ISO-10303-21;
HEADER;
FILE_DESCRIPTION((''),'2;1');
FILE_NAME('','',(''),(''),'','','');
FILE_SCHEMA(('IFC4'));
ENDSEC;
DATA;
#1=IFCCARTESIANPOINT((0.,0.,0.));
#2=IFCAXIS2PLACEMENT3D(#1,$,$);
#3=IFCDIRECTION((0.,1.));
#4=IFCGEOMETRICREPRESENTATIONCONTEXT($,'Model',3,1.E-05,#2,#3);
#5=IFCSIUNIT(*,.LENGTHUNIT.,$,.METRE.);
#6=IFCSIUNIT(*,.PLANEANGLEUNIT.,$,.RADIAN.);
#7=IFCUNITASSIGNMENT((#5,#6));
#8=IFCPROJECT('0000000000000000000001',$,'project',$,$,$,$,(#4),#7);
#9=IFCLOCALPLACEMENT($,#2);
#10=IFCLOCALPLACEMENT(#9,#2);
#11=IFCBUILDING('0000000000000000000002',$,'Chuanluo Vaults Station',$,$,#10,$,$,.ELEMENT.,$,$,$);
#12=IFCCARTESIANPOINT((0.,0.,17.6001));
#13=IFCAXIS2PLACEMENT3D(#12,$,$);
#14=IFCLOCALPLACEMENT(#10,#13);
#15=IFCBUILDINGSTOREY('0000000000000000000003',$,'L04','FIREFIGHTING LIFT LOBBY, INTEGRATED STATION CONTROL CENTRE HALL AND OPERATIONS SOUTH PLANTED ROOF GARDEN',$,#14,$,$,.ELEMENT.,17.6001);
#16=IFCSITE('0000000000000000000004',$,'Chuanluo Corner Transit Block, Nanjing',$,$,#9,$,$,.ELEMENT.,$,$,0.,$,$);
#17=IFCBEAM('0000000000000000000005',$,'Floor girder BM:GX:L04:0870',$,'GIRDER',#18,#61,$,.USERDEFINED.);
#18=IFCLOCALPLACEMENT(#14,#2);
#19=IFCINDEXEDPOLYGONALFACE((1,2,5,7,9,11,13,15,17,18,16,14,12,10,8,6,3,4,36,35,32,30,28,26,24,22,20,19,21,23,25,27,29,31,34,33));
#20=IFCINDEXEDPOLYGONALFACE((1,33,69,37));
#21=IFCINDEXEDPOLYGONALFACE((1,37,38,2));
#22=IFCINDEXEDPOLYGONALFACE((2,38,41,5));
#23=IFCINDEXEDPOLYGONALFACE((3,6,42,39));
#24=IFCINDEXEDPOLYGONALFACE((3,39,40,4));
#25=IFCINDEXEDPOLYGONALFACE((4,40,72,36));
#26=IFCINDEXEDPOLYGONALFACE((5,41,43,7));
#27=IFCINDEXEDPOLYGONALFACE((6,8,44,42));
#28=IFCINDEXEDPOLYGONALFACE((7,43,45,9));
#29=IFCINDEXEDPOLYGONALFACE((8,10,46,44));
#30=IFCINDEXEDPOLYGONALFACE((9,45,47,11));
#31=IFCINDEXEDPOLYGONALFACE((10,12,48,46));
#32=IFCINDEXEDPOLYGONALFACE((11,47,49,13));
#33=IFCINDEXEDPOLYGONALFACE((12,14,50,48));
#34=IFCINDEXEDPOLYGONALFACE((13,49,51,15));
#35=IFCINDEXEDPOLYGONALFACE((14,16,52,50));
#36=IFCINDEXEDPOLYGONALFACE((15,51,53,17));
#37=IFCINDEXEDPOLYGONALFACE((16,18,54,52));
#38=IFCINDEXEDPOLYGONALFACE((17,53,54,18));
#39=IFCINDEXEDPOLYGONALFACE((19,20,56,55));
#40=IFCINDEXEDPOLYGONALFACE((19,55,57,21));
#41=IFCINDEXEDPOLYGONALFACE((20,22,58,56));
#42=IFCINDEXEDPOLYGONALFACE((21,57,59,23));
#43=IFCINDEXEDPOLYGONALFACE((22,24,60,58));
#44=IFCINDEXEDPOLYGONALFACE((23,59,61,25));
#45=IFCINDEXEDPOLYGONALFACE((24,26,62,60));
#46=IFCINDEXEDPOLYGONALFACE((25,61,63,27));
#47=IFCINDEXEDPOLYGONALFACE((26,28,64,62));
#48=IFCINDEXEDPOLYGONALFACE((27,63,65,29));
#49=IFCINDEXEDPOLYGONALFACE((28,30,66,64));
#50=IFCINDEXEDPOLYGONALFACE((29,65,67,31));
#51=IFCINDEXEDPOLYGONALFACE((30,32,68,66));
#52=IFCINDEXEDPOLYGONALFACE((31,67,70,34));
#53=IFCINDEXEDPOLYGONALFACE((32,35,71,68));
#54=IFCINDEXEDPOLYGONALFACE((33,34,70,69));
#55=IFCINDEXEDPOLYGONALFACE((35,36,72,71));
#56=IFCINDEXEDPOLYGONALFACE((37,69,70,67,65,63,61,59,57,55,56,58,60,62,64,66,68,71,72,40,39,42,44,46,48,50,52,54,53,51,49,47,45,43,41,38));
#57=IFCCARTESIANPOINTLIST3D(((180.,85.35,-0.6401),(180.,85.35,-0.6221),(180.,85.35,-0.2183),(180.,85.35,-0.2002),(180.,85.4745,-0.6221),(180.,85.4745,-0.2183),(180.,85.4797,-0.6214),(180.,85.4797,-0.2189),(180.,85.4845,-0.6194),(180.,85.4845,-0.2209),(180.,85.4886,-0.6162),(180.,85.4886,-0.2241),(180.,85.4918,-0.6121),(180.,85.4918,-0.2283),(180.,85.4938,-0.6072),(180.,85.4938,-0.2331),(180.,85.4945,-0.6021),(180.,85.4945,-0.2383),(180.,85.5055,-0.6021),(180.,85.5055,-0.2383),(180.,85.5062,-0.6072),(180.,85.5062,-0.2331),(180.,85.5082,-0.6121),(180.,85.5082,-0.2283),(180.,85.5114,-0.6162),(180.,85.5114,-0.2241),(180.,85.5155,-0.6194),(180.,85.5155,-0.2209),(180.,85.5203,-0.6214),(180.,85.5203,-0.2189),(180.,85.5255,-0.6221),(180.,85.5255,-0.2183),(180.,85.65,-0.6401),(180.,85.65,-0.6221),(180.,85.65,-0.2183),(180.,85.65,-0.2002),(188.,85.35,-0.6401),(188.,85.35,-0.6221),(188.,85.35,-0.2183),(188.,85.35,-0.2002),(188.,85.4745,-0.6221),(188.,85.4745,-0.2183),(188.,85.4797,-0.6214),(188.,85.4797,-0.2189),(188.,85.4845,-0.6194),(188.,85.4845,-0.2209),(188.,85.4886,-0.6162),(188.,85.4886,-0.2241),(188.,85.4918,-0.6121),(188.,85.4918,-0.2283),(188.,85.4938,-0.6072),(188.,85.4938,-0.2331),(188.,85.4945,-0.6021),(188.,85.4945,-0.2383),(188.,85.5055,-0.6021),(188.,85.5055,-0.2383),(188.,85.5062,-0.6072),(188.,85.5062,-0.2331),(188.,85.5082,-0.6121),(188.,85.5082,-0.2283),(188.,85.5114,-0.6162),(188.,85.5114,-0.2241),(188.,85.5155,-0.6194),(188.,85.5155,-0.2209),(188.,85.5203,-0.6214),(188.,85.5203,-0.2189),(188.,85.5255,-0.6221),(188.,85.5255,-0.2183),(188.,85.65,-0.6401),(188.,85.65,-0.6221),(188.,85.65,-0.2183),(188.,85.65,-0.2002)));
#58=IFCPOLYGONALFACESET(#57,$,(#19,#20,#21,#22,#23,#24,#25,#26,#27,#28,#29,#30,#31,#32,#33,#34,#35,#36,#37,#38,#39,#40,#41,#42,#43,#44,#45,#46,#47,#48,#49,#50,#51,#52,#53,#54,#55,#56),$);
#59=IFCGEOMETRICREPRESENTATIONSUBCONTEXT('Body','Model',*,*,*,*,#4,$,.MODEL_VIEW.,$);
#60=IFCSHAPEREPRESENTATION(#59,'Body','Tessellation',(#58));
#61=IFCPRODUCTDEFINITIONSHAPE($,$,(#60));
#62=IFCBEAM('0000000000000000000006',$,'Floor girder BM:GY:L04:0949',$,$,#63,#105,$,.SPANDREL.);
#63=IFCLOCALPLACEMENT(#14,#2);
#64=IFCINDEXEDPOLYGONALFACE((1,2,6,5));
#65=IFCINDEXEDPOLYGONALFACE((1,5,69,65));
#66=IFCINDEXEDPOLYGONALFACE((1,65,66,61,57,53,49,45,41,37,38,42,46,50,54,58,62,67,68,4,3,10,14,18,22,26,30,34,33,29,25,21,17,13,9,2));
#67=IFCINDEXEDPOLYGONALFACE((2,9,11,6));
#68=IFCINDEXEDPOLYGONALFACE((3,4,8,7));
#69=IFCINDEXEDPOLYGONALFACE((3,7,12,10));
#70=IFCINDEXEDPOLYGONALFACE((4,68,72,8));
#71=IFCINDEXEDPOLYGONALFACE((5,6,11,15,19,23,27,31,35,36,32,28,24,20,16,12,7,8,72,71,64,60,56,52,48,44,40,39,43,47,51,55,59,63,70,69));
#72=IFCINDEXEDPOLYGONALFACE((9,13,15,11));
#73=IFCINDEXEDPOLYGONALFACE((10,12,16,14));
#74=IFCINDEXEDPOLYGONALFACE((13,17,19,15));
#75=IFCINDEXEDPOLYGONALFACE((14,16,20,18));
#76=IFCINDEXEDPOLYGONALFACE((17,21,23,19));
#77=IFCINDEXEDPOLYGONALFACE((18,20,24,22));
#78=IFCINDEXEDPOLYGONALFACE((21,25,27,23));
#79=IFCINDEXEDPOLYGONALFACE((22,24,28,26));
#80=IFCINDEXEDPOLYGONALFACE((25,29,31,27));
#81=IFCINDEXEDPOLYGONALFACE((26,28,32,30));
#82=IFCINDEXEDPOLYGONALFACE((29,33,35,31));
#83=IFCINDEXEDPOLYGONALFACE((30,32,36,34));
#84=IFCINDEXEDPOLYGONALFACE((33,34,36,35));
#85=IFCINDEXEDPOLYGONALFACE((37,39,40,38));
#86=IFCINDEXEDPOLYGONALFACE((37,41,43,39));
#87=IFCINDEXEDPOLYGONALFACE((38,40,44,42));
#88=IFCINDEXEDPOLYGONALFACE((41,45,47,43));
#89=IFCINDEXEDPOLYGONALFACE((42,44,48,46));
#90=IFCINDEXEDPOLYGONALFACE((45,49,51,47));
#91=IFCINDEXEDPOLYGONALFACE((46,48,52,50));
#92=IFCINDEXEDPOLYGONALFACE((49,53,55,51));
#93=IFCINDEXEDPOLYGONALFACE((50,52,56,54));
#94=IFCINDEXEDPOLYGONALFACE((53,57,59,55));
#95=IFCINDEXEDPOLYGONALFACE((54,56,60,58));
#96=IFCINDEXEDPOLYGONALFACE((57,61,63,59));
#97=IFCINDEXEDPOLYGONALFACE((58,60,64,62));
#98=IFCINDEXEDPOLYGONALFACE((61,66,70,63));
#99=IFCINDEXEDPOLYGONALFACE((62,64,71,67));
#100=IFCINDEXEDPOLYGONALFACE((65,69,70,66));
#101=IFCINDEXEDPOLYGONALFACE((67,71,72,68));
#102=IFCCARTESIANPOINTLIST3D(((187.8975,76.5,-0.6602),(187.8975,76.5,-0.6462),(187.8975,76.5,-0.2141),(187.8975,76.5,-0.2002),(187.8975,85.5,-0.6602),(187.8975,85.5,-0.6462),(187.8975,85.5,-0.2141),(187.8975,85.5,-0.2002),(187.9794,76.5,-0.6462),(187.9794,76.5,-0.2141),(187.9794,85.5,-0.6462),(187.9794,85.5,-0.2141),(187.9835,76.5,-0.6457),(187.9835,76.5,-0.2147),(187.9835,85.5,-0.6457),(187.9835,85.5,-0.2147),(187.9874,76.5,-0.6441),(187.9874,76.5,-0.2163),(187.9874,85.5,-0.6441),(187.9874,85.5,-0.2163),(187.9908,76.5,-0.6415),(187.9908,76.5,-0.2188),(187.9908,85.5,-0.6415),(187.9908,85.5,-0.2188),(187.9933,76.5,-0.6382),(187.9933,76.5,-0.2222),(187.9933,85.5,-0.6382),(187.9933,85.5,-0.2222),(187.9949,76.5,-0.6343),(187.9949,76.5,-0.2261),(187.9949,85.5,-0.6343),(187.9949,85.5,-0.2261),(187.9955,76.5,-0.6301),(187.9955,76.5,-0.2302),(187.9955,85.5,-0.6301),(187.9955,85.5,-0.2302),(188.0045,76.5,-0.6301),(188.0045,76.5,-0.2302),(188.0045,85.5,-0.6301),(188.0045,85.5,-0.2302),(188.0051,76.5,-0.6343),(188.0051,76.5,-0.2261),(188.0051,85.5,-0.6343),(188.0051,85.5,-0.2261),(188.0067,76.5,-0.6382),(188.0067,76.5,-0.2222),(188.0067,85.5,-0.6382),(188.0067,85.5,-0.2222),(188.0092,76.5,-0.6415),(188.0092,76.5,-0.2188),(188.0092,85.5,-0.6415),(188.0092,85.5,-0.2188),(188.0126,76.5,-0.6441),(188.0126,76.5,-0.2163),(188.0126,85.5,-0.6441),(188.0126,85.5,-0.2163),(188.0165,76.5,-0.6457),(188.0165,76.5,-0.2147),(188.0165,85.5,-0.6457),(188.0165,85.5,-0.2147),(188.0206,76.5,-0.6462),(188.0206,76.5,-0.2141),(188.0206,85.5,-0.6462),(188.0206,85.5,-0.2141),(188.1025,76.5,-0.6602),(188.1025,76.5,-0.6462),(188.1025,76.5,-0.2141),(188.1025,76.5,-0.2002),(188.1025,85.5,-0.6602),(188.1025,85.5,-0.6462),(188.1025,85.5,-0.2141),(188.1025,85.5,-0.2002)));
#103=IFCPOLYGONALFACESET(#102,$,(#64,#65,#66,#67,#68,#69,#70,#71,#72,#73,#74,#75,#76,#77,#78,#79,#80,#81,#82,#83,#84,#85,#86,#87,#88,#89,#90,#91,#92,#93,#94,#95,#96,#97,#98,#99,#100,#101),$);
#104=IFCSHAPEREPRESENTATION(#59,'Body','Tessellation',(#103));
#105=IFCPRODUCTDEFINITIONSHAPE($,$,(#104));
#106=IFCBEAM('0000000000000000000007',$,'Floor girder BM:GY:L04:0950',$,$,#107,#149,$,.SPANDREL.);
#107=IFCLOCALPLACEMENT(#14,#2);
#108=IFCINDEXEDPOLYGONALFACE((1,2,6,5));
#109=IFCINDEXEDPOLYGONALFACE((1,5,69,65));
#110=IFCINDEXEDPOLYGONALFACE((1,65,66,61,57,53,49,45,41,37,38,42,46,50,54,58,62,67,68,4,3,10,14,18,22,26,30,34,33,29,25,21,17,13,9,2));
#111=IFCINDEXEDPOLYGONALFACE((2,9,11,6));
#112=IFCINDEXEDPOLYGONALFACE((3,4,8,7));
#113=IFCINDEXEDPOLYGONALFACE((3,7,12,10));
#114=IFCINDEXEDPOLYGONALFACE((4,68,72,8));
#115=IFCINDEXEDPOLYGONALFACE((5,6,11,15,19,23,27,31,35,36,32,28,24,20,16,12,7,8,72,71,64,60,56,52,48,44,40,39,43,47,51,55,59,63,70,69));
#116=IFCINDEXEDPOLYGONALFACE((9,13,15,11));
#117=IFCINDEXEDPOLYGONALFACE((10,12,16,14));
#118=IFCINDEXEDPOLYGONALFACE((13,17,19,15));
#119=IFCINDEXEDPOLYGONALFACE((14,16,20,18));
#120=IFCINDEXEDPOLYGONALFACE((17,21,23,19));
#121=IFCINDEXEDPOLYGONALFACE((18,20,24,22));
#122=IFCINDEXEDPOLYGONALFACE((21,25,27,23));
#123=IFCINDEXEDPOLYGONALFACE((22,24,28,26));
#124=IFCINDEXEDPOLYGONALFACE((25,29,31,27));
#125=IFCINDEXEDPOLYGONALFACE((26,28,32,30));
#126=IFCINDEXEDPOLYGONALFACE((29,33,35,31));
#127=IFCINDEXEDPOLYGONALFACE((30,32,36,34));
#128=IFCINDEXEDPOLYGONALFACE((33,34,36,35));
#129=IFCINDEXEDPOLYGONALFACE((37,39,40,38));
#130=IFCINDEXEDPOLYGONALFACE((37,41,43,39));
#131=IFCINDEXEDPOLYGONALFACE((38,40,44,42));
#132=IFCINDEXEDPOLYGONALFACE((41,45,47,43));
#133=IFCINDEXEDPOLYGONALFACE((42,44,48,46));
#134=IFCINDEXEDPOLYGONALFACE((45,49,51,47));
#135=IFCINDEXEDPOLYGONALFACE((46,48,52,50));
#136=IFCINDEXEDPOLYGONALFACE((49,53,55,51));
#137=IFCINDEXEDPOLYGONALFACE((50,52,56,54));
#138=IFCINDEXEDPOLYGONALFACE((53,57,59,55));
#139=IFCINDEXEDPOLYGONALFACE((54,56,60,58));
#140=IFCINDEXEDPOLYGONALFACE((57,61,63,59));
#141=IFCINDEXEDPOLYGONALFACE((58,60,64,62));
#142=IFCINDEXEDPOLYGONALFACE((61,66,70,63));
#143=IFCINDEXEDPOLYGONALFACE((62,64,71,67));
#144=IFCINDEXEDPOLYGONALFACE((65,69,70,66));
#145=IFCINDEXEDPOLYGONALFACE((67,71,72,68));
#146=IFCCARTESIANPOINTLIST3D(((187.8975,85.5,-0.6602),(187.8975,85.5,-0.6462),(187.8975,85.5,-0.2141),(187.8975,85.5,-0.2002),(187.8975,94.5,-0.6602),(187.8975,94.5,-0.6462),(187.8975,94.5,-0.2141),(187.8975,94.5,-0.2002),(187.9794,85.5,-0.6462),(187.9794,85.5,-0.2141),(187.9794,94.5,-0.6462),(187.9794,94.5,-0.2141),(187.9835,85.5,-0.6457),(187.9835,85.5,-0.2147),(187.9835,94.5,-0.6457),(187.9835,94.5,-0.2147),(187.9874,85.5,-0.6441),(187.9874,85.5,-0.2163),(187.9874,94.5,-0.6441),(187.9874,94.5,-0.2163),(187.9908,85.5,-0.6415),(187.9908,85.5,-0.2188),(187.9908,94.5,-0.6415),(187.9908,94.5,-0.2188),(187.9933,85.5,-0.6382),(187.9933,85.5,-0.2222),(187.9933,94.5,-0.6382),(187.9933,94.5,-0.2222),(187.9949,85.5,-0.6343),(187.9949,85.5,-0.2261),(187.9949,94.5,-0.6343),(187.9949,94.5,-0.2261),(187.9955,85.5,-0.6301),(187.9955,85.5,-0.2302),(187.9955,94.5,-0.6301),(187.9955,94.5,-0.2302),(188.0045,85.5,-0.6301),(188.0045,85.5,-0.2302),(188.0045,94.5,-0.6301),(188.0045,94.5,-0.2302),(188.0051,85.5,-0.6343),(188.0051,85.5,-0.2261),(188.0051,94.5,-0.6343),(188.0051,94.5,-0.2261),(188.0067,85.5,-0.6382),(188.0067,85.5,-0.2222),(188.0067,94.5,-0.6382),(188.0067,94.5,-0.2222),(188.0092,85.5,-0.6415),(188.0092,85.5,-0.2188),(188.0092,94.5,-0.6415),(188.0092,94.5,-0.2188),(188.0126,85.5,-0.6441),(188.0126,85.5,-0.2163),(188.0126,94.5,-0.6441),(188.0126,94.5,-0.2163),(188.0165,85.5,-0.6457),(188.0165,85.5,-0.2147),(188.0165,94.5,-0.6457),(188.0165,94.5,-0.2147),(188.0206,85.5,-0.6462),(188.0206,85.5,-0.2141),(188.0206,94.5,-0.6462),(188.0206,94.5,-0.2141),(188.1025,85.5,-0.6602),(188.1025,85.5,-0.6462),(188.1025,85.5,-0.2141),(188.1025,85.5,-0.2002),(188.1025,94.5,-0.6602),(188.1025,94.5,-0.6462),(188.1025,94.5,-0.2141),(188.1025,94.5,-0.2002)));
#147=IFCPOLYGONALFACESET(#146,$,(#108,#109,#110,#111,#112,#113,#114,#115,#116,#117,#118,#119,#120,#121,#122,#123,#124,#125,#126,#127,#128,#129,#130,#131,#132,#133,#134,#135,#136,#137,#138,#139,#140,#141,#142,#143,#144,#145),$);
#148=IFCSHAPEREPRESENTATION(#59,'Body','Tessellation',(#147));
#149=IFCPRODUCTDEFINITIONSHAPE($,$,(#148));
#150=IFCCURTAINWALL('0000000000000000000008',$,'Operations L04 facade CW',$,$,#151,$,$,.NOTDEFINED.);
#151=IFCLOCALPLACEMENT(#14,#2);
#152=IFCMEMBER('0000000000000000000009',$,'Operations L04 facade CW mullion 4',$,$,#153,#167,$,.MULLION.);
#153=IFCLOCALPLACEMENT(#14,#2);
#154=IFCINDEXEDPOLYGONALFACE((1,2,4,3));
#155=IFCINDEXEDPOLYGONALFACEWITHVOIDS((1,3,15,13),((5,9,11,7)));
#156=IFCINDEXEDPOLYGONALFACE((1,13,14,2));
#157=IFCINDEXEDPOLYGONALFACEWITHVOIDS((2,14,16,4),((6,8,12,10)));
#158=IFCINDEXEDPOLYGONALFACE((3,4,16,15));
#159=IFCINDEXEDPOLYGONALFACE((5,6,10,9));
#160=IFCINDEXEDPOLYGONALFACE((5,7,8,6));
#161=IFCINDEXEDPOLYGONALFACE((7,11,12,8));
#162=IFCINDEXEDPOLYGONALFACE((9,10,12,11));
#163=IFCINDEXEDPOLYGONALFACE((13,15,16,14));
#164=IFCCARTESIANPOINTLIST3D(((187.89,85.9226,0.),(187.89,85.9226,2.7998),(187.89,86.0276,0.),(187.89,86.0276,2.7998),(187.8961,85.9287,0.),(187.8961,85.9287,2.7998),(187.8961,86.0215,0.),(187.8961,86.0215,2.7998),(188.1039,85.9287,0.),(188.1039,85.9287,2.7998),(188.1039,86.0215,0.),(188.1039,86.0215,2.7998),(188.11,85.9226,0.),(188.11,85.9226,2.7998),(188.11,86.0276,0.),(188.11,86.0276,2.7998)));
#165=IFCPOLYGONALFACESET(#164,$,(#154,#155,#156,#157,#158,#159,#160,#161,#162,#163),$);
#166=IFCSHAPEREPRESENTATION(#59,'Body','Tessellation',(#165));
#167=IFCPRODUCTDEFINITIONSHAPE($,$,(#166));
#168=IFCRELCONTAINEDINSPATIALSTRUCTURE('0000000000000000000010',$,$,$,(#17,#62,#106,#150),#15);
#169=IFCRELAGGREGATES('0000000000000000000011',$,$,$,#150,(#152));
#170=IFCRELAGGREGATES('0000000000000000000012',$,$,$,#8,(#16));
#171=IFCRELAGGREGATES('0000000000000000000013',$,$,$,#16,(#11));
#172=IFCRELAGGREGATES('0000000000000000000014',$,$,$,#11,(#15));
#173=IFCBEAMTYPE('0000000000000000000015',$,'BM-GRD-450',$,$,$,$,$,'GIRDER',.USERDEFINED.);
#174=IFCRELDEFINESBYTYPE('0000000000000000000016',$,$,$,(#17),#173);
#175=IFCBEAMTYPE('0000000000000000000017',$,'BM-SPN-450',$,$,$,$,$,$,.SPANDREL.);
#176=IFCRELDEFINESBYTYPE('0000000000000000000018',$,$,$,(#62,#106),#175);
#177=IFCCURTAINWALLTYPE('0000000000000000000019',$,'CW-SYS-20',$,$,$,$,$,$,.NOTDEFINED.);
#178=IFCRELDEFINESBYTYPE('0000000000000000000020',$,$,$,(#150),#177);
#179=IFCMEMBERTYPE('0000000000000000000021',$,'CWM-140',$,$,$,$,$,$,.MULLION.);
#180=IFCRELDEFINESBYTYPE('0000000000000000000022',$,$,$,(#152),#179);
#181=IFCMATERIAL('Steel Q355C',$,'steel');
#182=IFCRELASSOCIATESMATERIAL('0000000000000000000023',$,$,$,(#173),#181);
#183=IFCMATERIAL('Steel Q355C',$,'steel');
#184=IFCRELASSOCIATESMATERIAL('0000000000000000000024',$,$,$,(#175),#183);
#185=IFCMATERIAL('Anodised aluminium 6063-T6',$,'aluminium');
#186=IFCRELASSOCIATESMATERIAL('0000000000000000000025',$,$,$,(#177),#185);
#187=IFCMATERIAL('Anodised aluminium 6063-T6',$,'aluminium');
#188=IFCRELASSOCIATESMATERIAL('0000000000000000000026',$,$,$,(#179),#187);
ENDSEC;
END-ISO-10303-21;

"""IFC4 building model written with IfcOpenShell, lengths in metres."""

from ifc_helpers import new_model, si_unit, direction, frame, origin, origin_2d, place, context, subcontext, project, spatial, hollow_rectangle, i_section, extrude, material, material_profile, profile_set, type_object, element, aggregate, save


model = new_model("IFC4")

# Units and contexts
model_context = context("Model", 3, precision=1e-05, world=origin(), true_north=direction((0.0, 1.0)))
body_context = subcontext(model_context, "Body", "Model", "MODEL_VIEW")
ifc_project = project(units=[si_unit("LENGTHUNIT", "METRE"), si_unit("PLANEANGLEUNIT", "RADIAN")], contexts=[model_context])

# Site, building, storey
site_placement = place(None, origin())
site = spatial("IfcSite", under=ifc_project, at=site_placement, Name="Chuanluo Corner Transit Block, Nanjing", CompositionType="ELEMENT", RefElevation=0.0)
building_placement = place(site_placement, origin())
building = spatial("IfcBuilding", under=site, at=building_placement, Name="Chuanluo Vaults Station", CompositionType="ELEMENT")
storey_placement = place(building_placement, frame((0.0, 0.0, 17.6001)))
storey = spatial("IfcBuildingStorey", under=building, at=storey_placement, Name="L04", Description="FIREFIGHTING LIFT LOBBY, INTEGRATED STATION CONTROL CENTRE HALL AND OPERATIONS SOUTH PLANTED ROOF GARDEN", CompositionType="ELEMENT", Elevation=17.6001)

# Beams
ifc_material_1 = material(Name="Steel Q355C", Category="steel")
ifc_material_profile_1 = material_profile(ifc_material_1, i_section(OverallWidth=0.3, OverallDepth=0.4399, WebThickness=0.011, FlangeThickness=0.0181, FilletRadius=0.02, at=origin_2d()))
ifc_profile_set_1 = profile_set([ifc_material_profile_1], Name="Steel Q355C")
beam_type_1 = type_object("IfcBeamType", Name="BM-GRD-450", ElementType="GIRDER", PredefinedType="USERDEFINED", material=ifc_profile_set_1)
beam_1_placement = place(storey_placement, frame((180.0, 85.5, -0.4202), z_axis=(1.0, 0.0, 0.0), x_axis=(0.0, 1.0, 0.0)))
element("IfcBeam", 1, at=beam_1_placement, inside=storey, type_object=beam_type_1, Name="Floor girder BM:GX:L04:0870", ObjectType="GIRDER", PredefinedType="USERDEFINED", context=body_context, shape_type="SweptSolid", body=[
    extrude(i_section(OverallWidth=0.3, OverallDepth=0.4399, WebThickness=0.011, FlangeThickness=0.0181, FilletRadius=0.02, at=origin_2d()), origin(), (0.0, 0.0, 1.0), 8.0),
])
ifc_material_2 = material(Name="Steel Q355C", Category="steel")
ifc_material_profile_2 = material_profile(ifc_material_2, i_section(OverallWidth=0.2051, OverallDepth=0.46, WebThickness=0.009, FlangeThickness=0.0139, FilletRadius=0.0161, at=origin_2d()))
ifc_profile_set_2 = profile_set([ifc_material_profile_2], Name="Steel Q355C")
beam_type_2 = type_object("IfcBeamType", Name="BM-SPN-450", PredefinedType="SPANDREL", material=ifc_profile_set_2)
for number, where, z_axis, x_axis, name in (
    (2, (188.0, 76.5, -0.4302), (0.0, 1.0, 0.0), (-1.0, 0.0, 0.0), "Floor girder BM:GY:L04:0949"),
    (3, (188.0, 85.5, -0.4302), (0.0, 1.0, 0.0), (-1.0, 0.0, 0.0), "Floor girder BM:GY:L04:0950"),
):
    element("IfcBeam", number, at=place(storey_placement, frame(where, z_axis=z_axis, x_axis=x_axis)), inside=storey, type_object=beam_type_2, Name=name, PredefinedType="SPANDREL", context=body_context, shape_type="SweptSolid", body=[
        extrude(i_section(OverallWidth=0.2051, OverallDepth=0.46, WebThickness=0.009, FlangeThickness=0.0139, FilletRadius=0.0161, at=origin_2d()), origin(), (0.0, 0.0, 1.0), 9.0),
    ])

# Curtain wall, member
ifc_material_3 = material(Name="Anodised aluminium 6063-T6", Category="aluminium")
curtain_wall_type = type_object("IfcCurtainWallType", Name="CW-SYS-20", PredefinedType="NOTDEFINED", material=ifc_material_3)
curtain_wall_placement = place(storey_placement, origin())
curtain_wall = element("IfcCurtainWall", 4, at=curtain_wall_placement, inside=storey, type_object=curtain_wall_type, Name="Operations L04 facade CW", PredefinedType="NOTDEFINED")
ifc_material_4 = material(Name="Anodised aluminium 6063-T6", Category="aluminium")
ifc_material_profile_3 = material_profile(ifc_material_4, hollow_rectangle(XDim=0.105, YDim=0.22, WallThickness=0.0061, at=origin_2d()))
ifc_profile_set_3 = profile_set([ifc_material_profile_3], Name="Anodised aluminium 6063-T6")
member_type_1 = type_object("IfcMemberType", Name="CWM-140", PredefinedType="MULLION", material=ifc_profile_set_3)
member_1_placement = place(storey_placement, frame((188.0, 85.9751, 0.0), z_axis=(0.0, 0.0, 1.0), x_axis=(0.0, -1.0, 0.0)))
member_1 = element("IfcMember", 5, at=member_1_placement, type_object=member_type_1, Name="Operations L04 facade CW mullion 4", PredefinedType="MULLION", context=body_context, shape_type="SweptSolid", body=[
    extrude(hollow_rectangle(XDim=0.105, YDim=0.22, WallThickness=0.0061, at=origin_2d()), origin(), (0.0, 0.0, 1.0), 2.7998),
])
aggregate(curtain_wall, [member_1])

save(model, "model.ifc")
